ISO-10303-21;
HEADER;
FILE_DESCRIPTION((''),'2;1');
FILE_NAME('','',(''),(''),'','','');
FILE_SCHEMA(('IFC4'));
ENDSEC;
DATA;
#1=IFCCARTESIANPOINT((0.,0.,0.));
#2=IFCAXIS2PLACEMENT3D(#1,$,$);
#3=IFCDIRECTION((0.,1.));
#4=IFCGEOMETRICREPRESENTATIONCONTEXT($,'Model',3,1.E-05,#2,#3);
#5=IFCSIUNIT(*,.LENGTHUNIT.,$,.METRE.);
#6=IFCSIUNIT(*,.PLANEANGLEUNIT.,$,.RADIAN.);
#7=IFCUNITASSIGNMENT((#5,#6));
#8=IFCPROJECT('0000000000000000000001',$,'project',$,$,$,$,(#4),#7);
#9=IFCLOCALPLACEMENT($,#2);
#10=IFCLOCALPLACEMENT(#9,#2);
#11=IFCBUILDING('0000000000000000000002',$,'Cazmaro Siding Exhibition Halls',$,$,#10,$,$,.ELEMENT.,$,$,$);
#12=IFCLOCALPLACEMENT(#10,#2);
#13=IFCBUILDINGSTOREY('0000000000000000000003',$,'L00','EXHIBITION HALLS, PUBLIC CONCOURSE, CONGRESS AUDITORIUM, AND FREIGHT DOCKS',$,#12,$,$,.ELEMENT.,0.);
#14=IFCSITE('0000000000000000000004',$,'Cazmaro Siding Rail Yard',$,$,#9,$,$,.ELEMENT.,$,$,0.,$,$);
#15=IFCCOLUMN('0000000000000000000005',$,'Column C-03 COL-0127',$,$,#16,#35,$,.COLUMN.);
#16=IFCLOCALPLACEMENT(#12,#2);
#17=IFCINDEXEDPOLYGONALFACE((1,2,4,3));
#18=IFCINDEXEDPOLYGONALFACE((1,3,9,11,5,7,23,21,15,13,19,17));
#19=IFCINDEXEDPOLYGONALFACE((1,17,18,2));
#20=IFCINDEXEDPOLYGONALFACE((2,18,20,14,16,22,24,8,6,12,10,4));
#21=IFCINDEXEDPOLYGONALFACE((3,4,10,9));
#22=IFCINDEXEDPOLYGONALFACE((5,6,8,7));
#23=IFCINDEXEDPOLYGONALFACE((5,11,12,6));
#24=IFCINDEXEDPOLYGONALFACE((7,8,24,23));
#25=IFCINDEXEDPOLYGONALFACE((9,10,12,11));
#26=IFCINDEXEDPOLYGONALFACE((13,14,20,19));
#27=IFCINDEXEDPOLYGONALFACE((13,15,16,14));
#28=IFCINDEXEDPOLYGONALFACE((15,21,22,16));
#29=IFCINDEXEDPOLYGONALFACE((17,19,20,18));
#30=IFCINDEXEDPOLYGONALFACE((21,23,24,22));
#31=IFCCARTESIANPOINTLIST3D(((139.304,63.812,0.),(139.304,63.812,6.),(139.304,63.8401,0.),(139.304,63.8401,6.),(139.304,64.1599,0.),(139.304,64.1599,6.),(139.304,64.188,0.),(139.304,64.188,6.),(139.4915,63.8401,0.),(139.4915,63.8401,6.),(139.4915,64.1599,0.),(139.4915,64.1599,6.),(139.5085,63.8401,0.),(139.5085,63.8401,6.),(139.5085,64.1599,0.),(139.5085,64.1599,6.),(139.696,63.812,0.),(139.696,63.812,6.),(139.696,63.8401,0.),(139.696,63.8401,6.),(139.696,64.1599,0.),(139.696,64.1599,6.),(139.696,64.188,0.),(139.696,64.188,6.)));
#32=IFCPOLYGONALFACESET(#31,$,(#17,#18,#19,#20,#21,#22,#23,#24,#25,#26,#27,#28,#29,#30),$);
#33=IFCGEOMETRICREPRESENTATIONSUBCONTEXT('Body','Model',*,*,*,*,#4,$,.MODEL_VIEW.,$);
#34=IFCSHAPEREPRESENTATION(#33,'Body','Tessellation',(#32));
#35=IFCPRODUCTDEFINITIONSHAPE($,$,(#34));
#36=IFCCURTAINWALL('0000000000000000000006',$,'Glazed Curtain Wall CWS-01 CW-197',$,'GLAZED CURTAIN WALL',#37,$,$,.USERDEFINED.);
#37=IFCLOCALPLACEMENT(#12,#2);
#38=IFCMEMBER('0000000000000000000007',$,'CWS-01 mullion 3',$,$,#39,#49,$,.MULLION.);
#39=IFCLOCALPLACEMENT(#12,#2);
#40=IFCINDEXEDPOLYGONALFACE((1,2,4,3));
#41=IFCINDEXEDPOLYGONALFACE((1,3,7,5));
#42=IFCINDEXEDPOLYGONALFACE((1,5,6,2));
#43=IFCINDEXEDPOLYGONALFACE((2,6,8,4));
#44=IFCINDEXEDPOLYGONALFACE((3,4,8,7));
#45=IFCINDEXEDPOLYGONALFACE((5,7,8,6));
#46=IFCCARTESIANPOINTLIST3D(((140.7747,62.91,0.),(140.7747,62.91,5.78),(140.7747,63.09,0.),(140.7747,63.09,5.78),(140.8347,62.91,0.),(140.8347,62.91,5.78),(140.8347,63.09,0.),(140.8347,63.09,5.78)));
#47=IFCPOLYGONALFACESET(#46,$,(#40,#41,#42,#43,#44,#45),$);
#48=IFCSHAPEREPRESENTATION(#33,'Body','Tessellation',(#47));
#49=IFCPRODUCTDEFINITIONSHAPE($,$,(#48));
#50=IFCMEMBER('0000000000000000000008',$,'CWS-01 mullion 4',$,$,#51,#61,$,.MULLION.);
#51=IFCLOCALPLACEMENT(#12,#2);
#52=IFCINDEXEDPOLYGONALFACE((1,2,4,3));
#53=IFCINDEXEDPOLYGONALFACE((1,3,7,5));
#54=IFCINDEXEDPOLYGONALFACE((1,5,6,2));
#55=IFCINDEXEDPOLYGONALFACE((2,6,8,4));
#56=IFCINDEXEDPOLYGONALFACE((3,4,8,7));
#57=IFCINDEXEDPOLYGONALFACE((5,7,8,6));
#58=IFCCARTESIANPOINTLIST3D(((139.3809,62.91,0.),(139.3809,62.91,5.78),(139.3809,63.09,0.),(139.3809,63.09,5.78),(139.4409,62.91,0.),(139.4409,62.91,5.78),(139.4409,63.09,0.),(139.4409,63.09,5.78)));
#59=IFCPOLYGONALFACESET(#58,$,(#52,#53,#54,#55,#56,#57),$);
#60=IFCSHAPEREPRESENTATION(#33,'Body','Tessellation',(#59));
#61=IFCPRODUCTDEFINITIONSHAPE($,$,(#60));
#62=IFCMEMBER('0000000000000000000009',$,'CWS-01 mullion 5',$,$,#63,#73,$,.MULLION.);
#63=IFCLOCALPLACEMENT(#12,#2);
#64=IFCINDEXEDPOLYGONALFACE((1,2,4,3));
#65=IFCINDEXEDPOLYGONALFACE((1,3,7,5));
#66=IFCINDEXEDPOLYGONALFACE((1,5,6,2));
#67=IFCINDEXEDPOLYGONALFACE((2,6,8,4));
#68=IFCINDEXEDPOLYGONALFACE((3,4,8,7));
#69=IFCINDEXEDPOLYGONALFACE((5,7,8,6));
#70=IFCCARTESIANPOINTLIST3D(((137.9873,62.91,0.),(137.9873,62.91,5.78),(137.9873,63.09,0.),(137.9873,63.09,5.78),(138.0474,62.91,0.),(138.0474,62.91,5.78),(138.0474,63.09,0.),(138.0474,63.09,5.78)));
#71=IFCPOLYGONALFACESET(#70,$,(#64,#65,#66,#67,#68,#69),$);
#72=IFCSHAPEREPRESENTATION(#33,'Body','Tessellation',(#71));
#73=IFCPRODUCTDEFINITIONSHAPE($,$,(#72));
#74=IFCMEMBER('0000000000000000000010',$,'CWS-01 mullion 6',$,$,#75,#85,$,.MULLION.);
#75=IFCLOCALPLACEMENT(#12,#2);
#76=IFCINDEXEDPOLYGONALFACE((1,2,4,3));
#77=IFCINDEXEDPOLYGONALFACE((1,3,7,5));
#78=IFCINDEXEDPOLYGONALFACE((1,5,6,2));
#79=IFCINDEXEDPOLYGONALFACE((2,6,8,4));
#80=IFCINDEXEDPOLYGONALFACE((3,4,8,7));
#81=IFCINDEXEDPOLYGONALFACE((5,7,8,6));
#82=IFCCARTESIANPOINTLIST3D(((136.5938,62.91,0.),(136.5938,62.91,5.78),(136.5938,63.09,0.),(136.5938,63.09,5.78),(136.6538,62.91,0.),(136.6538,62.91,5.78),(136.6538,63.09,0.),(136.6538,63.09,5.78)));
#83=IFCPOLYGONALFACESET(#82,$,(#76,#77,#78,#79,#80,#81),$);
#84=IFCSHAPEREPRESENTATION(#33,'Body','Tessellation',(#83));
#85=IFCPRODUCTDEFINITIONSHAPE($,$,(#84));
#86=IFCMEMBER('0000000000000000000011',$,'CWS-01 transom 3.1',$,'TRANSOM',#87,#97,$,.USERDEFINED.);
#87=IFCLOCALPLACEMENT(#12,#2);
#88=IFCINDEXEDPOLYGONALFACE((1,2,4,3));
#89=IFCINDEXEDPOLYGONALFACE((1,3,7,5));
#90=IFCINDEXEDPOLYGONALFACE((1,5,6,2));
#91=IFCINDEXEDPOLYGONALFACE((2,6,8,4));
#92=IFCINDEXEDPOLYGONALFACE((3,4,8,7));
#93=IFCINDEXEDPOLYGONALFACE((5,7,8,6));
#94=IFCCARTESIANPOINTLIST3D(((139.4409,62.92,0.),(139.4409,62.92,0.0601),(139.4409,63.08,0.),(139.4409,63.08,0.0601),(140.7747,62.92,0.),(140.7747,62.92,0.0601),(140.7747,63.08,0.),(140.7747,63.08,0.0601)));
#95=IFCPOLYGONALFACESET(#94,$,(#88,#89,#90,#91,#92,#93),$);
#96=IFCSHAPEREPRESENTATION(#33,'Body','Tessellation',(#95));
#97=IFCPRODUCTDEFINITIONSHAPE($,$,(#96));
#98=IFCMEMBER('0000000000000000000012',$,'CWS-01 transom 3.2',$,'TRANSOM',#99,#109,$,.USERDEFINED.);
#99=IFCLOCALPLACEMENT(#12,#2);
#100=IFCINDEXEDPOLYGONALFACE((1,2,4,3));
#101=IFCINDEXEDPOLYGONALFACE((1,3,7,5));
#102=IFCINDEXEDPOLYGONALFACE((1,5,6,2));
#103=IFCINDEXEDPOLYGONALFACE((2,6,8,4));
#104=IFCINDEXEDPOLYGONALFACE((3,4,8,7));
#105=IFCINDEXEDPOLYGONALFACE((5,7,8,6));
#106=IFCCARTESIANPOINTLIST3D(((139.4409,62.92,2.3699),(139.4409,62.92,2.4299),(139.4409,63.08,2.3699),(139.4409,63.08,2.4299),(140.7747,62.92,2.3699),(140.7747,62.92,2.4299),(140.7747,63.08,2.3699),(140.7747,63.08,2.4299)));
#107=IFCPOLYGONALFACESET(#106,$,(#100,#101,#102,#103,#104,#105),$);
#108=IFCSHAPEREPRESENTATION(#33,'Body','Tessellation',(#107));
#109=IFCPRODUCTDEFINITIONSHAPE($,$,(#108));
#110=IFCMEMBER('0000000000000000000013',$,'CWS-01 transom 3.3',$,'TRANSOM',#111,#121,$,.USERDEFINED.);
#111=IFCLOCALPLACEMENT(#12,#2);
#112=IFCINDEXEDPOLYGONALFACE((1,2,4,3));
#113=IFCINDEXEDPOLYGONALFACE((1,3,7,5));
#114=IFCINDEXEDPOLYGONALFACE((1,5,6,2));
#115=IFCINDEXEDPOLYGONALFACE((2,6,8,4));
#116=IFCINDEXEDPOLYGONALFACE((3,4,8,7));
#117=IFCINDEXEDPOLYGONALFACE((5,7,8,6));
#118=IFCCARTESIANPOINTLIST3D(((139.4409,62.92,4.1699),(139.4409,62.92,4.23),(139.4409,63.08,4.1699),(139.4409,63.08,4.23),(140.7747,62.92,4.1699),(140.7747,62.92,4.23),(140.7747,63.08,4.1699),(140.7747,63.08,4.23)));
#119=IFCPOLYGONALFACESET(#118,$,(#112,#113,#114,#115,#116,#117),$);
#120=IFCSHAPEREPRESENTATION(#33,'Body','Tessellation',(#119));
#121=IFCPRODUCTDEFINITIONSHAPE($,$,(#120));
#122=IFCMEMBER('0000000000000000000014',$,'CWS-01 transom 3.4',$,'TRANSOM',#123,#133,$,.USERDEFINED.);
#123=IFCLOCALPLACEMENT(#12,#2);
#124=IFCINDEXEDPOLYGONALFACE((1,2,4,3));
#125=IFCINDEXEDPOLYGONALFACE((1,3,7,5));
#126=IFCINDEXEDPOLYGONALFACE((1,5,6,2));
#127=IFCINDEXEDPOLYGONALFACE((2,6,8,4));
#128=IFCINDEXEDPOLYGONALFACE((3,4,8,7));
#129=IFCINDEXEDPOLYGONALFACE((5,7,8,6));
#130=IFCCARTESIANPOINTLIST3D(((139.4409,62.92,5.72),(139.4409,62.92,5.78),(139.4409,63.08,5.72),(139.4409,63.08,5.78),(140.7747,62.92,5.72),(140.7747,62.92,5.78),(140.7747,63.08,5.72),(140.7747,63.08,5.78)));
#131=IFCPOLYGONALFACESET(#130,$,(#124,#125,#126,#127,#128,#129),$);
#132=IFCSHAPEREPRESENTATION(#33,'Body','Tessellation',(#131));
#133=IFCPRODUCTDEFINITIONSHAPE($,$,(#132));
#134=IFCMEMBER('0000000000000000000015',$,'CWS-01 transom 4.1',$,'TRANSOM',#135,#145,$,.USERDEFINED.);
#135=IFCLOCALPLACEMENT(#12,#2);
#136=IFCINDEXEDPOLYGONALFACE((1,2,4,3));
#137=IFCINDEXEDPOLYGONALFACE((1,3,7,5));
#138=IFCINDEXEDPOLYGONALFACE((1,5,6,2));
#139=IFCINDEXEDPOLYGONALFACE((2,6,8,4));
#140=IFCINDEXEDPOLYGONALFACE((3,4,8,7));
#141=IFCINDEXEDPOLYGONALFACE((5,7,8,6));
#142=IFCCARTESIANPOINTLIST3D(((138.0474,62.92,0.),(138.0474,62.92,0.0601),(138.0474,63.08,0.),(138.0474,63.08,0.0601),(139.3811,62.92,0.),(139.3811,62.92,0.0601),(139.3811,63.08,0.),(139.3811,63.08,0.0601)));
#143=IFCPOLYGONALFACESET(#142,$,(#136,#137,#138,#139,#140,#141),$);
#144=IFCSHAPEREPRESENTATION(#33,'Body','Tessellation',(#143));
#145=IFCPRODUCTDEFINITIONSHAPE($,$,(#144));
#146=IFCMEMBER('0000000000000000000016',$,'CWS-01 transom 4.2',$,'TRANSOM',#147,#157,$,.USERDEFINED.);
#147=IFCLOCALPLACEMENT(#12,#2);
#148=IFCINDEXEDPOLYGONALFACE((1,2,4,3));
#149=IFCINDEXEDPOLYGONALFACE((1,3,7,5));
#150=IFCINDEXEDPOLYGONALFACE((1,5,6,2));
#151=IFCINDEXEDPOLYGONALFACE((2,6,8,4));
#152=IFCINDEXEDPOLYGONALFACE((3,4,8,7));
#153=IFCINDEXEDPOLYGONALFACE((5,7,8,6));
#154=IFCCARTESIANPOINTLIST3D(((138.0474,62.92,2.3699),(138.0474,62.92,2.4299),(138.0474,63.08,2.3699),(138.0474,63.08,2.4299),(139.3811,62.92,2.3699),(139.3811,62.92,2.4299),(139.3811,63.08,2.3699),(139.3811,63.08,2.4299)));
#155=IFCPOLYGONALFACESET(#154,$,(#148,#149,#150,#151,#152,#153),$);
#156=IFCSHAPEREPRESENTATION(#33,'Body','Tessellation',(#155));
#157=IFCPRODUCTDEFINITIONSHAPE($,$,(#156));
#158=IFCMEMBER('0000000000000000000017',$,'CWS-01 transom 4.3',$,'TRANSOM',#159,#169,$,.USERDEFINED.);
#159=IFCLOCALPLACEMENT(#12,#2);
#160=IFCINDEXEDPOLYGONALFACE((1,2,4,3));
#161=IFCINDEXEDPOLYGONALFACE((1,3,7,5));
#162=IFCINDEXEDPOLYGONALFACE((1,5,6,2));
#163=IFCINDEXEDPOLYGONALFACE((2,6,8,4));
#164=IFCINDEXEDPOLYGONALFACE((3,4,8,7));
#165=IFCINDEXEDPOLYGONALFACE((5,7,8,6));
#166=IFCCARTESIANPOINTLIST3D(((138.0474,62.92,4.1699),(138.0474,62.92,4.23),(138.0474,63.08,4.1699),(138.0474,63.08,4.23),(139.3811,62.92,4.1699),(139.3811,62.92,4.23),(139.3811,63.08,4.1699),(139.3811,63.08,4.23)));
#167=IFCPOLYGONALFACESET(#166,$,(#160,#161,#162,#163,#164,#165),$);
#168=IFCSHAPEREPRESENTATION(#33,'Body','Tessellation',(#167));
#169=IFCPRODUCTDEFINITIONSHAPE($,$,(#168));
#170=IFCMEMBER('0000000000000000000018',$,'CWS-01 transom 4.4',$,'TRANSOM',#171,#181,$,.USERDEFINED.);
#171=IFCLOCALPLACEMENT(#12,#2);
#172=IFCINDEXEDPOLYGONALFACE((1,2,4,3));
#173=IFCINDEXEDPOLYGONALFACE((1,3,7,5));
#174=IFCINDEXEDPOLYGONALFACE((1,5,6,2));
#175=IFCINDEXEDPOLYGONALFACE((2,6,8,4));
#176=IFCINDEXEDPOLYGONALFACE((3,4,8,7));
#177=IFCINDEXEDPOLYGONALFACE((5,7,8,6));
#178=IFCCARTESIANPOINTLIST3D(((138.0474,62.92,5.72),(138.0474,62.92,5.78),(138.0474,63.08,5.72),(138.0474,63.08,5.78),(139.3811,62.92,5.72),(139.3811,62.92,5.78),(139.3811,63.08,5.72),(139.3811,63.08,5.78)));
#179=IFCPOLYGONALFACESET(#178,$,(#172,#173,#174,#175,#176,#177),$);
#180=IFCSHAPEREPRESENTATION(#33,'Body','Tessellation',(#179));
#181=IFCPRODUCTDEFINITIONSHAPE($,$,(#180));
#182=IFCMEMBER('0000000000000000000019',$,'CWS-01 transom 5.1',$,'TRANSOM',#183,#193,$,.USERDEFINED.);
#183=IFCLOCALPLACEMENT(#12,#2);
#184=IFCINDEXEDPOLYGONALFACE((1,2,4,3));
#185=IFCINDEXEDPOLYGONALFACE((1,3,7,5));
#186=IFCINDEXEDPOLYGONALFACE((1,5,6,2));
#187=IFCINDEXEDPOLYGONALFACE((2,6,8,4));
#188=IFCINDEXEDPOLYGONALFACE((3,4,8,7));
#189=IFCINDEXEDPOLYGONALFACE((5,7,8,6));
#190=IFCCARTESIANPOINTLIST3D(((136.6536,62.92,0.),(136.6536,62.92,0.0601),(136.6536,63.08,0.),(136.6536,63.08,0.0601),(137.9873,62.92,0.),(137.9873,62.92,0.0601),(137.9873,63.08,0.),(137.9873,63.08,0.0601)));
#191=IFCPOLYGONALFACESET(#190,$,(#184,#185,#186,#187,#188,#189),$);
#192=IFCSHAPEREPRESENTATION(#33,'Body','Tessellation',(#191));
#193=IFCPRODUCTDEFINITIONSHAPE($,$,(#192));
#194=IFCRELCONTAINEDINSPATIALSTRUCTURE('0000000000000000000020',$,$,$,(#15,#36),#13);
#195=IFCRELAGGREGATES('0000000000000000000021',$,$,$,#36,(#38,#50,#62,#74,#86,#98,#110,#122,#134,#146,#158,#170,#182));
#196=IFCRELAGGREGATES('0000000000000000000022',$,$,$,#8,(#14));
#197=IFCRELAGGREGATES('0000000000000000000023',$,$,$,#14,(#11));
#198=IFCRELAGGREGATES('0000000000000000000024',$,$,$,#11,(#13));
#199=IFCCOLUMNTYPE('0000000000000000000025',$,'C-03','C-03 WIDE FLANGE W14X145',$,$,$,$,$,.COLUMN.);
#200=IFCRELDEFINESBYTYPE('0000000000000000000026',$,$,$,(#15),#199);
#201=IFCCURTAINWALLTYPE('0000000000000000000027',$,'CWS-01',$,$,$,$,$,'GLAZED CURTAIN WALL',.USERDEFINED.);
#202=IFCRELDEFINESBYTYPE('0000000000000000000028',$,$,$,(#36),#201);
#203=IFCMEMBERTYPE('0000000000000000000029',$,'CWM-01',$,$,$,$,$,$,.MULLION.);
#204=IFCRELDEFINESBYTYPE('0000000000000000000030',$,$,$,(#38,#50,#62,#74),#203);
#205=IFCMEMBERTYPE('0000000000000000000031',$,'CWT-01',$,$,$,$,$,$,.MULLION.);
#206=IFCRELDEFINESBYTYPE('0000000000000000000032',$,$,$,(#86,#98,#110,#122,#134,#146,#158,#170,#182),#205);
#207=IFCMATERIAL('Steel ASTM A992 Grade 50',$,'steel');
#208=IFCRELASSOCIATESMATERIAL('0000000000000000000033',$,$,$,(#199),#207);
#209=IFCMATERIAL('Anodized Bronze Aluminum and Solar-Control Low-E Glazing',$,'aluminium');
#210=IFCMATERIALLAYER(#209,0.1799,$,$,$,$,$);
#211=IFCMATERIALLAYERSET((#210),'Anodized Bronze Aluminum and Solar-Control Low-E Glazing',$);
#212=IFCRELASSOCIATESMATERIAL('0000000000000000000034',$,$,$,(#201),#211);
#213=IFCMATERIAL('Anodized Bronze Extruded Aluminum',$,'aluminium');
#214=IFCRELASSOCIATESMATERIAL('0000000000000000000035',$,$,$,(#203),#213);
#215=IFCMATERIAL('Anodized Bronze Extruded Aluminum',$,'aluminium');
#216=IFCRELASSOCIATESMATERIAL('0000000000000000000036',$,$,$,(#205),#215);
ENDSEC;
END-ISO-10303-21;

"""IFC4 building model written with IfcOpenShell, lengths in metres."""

from ifc_helpers import new_model, si_unit, direction, frame, origin, origin_2d, place, context, subcontext, project, spatial, rectangle, i_section, extrude, material, layer, layer_set, material_profile, profile_set, type_object, element, aggregate, save


model = new_model("IFC4")

# Units and contexts
model_context = context("Model", 3, precision=1e-05, world=origin(), true_north=direction((0.0, 1.0)))
body_context = subcontext(model_context, "Body", "Model", "MODEL_VIEW")
ifc_project = project(units=[si_unit("LENGTHUNIT", "METRE"), si_unit("PLANEANGLEUNIT", "RADIAN")], contexts=[model_context])

# Site, building, storey
site_placement = place(None, origin())
site = spatial("IfcSite", under=ifc_project, at=site_placement, Name="Cazmaro Siding Rail Yard", CompositionType="ELEMENT", RefElevation=0.0)
building_placement = place(site_placement, origin())
building = spatial("IfcBuilding", under=site, at=building_placement, Name="Cazmaro Siding Exhibition Halls", CompositionType="ELEMENT")
storey_placement = place(building_placement, origin())
storey = spatial("IfcBuildingStorey", under=building, at=storey_placement, Name="L00", Description="EXHIBITION HALLS, PUBLIC CONCOURSE, CONGRESS AUDITORIUM, AND FREIGHT DOCKS", CompositionType="ELEMENT", Elevation=0.0)

# Column
ifc_material_1 = material(Name="Steel ASTM A992 Grade 50", Category="steel")
ifc_material_profile_1 = material_profile(ifc_material_1, i_section(OverallWidth=0.3921, OverallDepth=0.376, WebThickness=0.0171, FlangeThickness=0.0281, at=origin_2d()), Name="W14X145")
ifc_profile_set_1 = profile_set([ifc_material_profile_1], Name="Steel ASTM A992 Grade 50")
column_type = type_object("IfcColumnType", Name="C-03", Description="C-03 WIDE FLANGE W14X145", PredefinedType="COLUMN", material=ifc_profile_set_1)
column_placement = place(storey_placement, frame((139.5, 64.0, 0.0), z_axis=(0.0, 0.0, 1.0), x_axis=(1.0, 0.0, 0.0)))
element("IfcColumn", 1, at=column_placement, inside=storey, type_object=column_type, Name="Column C-03 COL-0127", PredefinedType="COLUMN", context=body_context, shape_type="SweptSolid", body=[
    extrude(i_section(OverallWidth=0.3921, OverallDepth=0.376, WebThickness=0.0171, FlangeThickness=0.0281, at=origin_2d()), origin(), (0.0, 0.0, 1.0), 6.0),
])

# Curtain wall, members
ifc_material_2 = material(Name="Anodized Bronze Aluminum and Solar-Control Low-E Glazing", Category="aluminium")
ifc_layer_1 = layer(ifc_material_2, 0.1799)
ifc_layer_set_1 = layer_set([ifc_layer_1], Name="Anodized Bronze Aluminum and Solar-Control Low-E Glazing")
curtain_wall_type = type_object("IfcCurtainWallType", Name="CWS-01", ElementType="GLAZED CURTAIN WALL", PredefinedType="USERDEFINED", material=ifc_layer_set_1)
curtain_wall_placement = place(storey_placement, origin())
curtain_wall = element("IfcCurtainWall", 2, at=curtain_wall_placement, inside=storey, type_object=curtain_wall_type, Name="Glazed Curtain Wall CWS-01 CW-197", ObjectType="GLAZED CURTAIN WALL", PredefinedType="USERDEFINED")
ifc_material_3 = material(Name="Anodized Bronze Extruded Aluminum", Category="aluminium")
ifc_material_profile_2 = material_profile(ifc_material_3, rectangle(XDim=0.1799, YDim=0.0601, at=origin_2d()), Name="CWM-01")
ifc_profile_set_2 = profile_set([ifc_material_profile_2], Name="Anodized Bronze Extruded Aluminum")
member_type_1 = type_object("IfcMemberType", Name="CWM-01", PredefinedType="MULLION", material=ifc_profile_set_2)
member_1_placement = place(storey_placement, frame((140.8047, 63.0, 0.0), z_axis=(0.0, 0.0, 1.0), x_axis=(0.0, -1.0, 0.0)))
member_1 = element("IfcMember", 3, at=member_1_placement, type_object=member_type_1, Name="CWS-01 mullion 3", PredefinedType="MULLION", context=body_context, shape_type="SweptSolid", body=[
    extrude(rectangle(XDim=0.1799, YDim=0.0601, at=origin_2d()), origin(), (0.0, 0.0, 1.0), 5.78),
])
member_2_placement = place(storey_placement, frame((139.4109, 63.0, 0.0), z_axis=(0.0, 0.0, 1.0), x_axis=(0.0, -1.0, 0.0)))
member_2 = element("IfcMember", 4, at=member_2_placement, type_object=member_type_1, Name="CWS-01 mullion 4", PredefinedType="MULLION", context=body_context, shape_type="SweptSolid", body=[
    extrude(rectangle(XDim=0.1799, YDim=0.0601, at=origin_2d()), origin(), (0.0, 0.0, 1.0), 5.78),
])
member_3_placement = place(storey_placement, frame((138.0173, 63.0, 0.0), z_axis=(0.0, 0.0, 1.0), x_axis=(0.0, -1.0, 0.0)))
member_3 = element("IfcMember", 5, at=member_3_placement, type_object=member_type_1, Name="CWS-01 mullion 5", PredefinedType="MULLION", context=body_context, shape_type="SweptSolid", body=[
    extrude(rectangle(XDim=0.1799, YDim=0.0601, at=origin_2d()), origin(), (0.0, 0.0, 1.0), 5.78),
])
member_4_placement = place(storey_placement, frame((136.6238, 63.0, 0.0), z_axis=(0.0, 0.0, 1.0), x_axis=(0.0, -1.0, 0.0)))
member_4 = element("IfcMember", 6, at=member_4_placement, type_object=member_type_1, Name="CWS-01 mullion 6", PredefinedType="MULLION", context=body_context, shape_type="SweptSolid", body=[
    extrude(rectangle(XDim=0.1799, YDim=0.0601, at=origin_2d()), origin(), (0.0, 0.0, 1.0), 5.78),
])
ifc_material_4 = material(Name="Anodized Bronze Extruded Aluminum", Category="aluminium")
ifc_material_profile_3 = material_profile(ifc_material_4, rectangle(XDim=0.1599, YDim=0.0601, at=origin_2d()), Name="CWT-01")
ifc_profile_set_3 = profile_set([ifc_material_profile_3], Name="Anodized Bronze Extruded Aluminum")
member_type_2 = type_object("IfcMemberType", Name="CWT-01", PredefinedType="MULLION", material=ifc_profile_set_3)
member_5_placement = place(storey_placement, frame((140.7747, 63.0, 0.03), z_axis=(-1.0, 0.0, 0.0), x_axis=(0.0, -1.0, 0.0)))
member_5 = element("IfcMember", 7, at=member_5_placement, type_object=member_type_2, Name="CWS-01 transom 3.1", ObjectType="TRANSOM", PredefinedType="USERDEFINED", context=body_context, shape_type="SweptSolid", body=[
    extrude(rectangle(XDim=0.1599, YDim=0.0601, at=origin_2d()), origin(), (0.0, 0.0, 1.0), 1.3337),
])
member_6_placement = place(storey_placement, frame((140.7747, 63.0, 2.3999), z_axis=(-1.0, 0.0, 0.0), x_axis=(0.0, -1.0, 0.0)))
member_6 = element("IfcMember", 8, at=member_6_placement, type_object=member_type_2, Name="CWS-01 transom 3.2", ObjectType="TRANSOM", PredefinedType="USERDEFINED", context=body_context, shape_type="SweptSolid", body=[
    extrude(rectangle(XDim=0.1599, YDim=0.0601, at=origin_2d()), origin(), (0.0, 0.0, 1.0), 1.3337),
])
member_7_placement = place(storey_placement, frame((140.7747, 63.0, 4.2), z_axis=(-1.0, 0.0, 0.0), x_axis=(0.0, -1.0, 0.0)))
member_7 = element("IfcMember", 9, at=member_7_placement, type_object=member_type_2, Name="CWS-01 transom 3.3", ObjectType="TRANSOM", PredefinedType="USERDEFINED", context=body_context, shape_type="SweptSolid", body=[
    extrude(rectangle(XDim=0.1599, YDim=0.0601, at=origin_2d()), origin(), (0.0, 0.0, 1.0), 1.3337),
])
member_8_placement = place(storey_placement, frame((140.7747, 63.0, 5.75), z_axis=(-1.0, 0.0, 0.0), x_axis=(0.0, -1.0, 0.0)))
member_8 = element("IfcMember", 10, at=member_8_placement, type_object=member_type_2, Name="CWS-01 transom 3.4", ObjectType="TRANSOM", PredefinedType="USERDEFINED", context=body_context, shape_type="SweptSolid", body=[
    extrude(rectangle(XDim=0.1599, YDim=0.0601, at=origin_2d()), origin(), (0.0, 0.0, 1.0), 1.3337),
])
member_9_placement = place(storey_placement, frame((139.3811, 63.0, 0.03), z_axis=(-1.0, 0.0, 0.0), x_axis=(0.0, -1.0, 0.0)))
member_9 = element("IfcMember", 11, at=member_9_placement, type_object=member_type_2, Name="CWS-01 transom 4.1", ObjectType="TRANSOM", PredefinedType="USERDEFINED", context=body_context, shape_type="SweptSolid", body=[
    extrude(rectangle(XDim=0.1599, YDim=0.0601, at=origin_2d()), origin(), (0.0, 0.0, 1.0), 1.3337),
])
member_10_placement = place(storey_placement, frame((139.3811, 63.0, 2.3999), z_axis=(-1.0, 0.0, 0.0), x_axis=(0.0, -1.0, 0.0)))
member_10 = element("IfcMember", 12, at=member_10_placement, type_object=member_type_2, Name="CWS-01 transom 4.2", ObjectType="TRANSOM", PredefinedType="USERDEFINED", context=body_context, shape_type="SweptSolid", body=[
    extrude(rectangle(XDim=0.1599, YDim=0.0601, at=origin_2d()), origin(), (0.0, 0.0, 1.0), 1.3337),
])
member_11_placement = place(storey_placement, frame((139.3811, 63.0, 4.2), z_axis=(-1.0, 0.0, 0.0), x_axis=(0.0, -1.0, 0.0)))
member_11 = element("IfcMember", 13, at=member_11_placement, type_object=member_type_2, Name="CWS-01 transom 4.3", ObjectType="TRANSOM", PredefinedType="USERDEFINED", context=body_context, shape_type="SweptSolid", body=[
    extrude(rectangle(XDim=0.1599, YDim=0.0601, at=origin_2d()), origin(), (0.0, 0.0, 1.0), 1.3337),
])
member_12_placement = place(storey_placement, frame((139.3811, 63.0, 5.75), z_axis=(-1.0, 0.0, 0.0), x_axis=(0.0, -1.0, 0.0)))
member_12 = element("IfcMember", 14, at=member_12_placement, type_object=member_type_2, Name="CWS-01 transom 4.4", ObjectType="TRANSOM", PredefinedType="USERDEFINED", context=body_context, shape_type="SweptSolid", body=[
    extrude(rectangle(XDim=0.1599, YDim=0.0601, at=origin_2d()), origin(), (0.0, 0.0, 1.0), 1.3337),
])
member_13_placement = place(storey_placement, frame((137.9873, 63.0, 0.03), z_axis=(-1.0, 0.0, 0.0), x_axis=(0.0, -1.0, 0.0)))
member_13 = element("IfcMember", 15, at=member_13_placement, type_object=member_type_2, Name="CWS-01 transom 5.1", ObjectType="TRANSOM", PredefinedType="USERDEFINED", context=body_context, shape_type="SweptSolid", body=[
    extrude(rectangle(XDim=0.1599, YDim=0.0601, at=origin_2d()), origin(), (0.0, 0.0, 1.0), 1.3337),
])
aggregate(curtain_wall, [member_1, member_2, member_3, member_4, member_5, member_6, member_7, member_8, member_9, member_10, member_11, member_12, member_13])

save(model, "model.ifc")
